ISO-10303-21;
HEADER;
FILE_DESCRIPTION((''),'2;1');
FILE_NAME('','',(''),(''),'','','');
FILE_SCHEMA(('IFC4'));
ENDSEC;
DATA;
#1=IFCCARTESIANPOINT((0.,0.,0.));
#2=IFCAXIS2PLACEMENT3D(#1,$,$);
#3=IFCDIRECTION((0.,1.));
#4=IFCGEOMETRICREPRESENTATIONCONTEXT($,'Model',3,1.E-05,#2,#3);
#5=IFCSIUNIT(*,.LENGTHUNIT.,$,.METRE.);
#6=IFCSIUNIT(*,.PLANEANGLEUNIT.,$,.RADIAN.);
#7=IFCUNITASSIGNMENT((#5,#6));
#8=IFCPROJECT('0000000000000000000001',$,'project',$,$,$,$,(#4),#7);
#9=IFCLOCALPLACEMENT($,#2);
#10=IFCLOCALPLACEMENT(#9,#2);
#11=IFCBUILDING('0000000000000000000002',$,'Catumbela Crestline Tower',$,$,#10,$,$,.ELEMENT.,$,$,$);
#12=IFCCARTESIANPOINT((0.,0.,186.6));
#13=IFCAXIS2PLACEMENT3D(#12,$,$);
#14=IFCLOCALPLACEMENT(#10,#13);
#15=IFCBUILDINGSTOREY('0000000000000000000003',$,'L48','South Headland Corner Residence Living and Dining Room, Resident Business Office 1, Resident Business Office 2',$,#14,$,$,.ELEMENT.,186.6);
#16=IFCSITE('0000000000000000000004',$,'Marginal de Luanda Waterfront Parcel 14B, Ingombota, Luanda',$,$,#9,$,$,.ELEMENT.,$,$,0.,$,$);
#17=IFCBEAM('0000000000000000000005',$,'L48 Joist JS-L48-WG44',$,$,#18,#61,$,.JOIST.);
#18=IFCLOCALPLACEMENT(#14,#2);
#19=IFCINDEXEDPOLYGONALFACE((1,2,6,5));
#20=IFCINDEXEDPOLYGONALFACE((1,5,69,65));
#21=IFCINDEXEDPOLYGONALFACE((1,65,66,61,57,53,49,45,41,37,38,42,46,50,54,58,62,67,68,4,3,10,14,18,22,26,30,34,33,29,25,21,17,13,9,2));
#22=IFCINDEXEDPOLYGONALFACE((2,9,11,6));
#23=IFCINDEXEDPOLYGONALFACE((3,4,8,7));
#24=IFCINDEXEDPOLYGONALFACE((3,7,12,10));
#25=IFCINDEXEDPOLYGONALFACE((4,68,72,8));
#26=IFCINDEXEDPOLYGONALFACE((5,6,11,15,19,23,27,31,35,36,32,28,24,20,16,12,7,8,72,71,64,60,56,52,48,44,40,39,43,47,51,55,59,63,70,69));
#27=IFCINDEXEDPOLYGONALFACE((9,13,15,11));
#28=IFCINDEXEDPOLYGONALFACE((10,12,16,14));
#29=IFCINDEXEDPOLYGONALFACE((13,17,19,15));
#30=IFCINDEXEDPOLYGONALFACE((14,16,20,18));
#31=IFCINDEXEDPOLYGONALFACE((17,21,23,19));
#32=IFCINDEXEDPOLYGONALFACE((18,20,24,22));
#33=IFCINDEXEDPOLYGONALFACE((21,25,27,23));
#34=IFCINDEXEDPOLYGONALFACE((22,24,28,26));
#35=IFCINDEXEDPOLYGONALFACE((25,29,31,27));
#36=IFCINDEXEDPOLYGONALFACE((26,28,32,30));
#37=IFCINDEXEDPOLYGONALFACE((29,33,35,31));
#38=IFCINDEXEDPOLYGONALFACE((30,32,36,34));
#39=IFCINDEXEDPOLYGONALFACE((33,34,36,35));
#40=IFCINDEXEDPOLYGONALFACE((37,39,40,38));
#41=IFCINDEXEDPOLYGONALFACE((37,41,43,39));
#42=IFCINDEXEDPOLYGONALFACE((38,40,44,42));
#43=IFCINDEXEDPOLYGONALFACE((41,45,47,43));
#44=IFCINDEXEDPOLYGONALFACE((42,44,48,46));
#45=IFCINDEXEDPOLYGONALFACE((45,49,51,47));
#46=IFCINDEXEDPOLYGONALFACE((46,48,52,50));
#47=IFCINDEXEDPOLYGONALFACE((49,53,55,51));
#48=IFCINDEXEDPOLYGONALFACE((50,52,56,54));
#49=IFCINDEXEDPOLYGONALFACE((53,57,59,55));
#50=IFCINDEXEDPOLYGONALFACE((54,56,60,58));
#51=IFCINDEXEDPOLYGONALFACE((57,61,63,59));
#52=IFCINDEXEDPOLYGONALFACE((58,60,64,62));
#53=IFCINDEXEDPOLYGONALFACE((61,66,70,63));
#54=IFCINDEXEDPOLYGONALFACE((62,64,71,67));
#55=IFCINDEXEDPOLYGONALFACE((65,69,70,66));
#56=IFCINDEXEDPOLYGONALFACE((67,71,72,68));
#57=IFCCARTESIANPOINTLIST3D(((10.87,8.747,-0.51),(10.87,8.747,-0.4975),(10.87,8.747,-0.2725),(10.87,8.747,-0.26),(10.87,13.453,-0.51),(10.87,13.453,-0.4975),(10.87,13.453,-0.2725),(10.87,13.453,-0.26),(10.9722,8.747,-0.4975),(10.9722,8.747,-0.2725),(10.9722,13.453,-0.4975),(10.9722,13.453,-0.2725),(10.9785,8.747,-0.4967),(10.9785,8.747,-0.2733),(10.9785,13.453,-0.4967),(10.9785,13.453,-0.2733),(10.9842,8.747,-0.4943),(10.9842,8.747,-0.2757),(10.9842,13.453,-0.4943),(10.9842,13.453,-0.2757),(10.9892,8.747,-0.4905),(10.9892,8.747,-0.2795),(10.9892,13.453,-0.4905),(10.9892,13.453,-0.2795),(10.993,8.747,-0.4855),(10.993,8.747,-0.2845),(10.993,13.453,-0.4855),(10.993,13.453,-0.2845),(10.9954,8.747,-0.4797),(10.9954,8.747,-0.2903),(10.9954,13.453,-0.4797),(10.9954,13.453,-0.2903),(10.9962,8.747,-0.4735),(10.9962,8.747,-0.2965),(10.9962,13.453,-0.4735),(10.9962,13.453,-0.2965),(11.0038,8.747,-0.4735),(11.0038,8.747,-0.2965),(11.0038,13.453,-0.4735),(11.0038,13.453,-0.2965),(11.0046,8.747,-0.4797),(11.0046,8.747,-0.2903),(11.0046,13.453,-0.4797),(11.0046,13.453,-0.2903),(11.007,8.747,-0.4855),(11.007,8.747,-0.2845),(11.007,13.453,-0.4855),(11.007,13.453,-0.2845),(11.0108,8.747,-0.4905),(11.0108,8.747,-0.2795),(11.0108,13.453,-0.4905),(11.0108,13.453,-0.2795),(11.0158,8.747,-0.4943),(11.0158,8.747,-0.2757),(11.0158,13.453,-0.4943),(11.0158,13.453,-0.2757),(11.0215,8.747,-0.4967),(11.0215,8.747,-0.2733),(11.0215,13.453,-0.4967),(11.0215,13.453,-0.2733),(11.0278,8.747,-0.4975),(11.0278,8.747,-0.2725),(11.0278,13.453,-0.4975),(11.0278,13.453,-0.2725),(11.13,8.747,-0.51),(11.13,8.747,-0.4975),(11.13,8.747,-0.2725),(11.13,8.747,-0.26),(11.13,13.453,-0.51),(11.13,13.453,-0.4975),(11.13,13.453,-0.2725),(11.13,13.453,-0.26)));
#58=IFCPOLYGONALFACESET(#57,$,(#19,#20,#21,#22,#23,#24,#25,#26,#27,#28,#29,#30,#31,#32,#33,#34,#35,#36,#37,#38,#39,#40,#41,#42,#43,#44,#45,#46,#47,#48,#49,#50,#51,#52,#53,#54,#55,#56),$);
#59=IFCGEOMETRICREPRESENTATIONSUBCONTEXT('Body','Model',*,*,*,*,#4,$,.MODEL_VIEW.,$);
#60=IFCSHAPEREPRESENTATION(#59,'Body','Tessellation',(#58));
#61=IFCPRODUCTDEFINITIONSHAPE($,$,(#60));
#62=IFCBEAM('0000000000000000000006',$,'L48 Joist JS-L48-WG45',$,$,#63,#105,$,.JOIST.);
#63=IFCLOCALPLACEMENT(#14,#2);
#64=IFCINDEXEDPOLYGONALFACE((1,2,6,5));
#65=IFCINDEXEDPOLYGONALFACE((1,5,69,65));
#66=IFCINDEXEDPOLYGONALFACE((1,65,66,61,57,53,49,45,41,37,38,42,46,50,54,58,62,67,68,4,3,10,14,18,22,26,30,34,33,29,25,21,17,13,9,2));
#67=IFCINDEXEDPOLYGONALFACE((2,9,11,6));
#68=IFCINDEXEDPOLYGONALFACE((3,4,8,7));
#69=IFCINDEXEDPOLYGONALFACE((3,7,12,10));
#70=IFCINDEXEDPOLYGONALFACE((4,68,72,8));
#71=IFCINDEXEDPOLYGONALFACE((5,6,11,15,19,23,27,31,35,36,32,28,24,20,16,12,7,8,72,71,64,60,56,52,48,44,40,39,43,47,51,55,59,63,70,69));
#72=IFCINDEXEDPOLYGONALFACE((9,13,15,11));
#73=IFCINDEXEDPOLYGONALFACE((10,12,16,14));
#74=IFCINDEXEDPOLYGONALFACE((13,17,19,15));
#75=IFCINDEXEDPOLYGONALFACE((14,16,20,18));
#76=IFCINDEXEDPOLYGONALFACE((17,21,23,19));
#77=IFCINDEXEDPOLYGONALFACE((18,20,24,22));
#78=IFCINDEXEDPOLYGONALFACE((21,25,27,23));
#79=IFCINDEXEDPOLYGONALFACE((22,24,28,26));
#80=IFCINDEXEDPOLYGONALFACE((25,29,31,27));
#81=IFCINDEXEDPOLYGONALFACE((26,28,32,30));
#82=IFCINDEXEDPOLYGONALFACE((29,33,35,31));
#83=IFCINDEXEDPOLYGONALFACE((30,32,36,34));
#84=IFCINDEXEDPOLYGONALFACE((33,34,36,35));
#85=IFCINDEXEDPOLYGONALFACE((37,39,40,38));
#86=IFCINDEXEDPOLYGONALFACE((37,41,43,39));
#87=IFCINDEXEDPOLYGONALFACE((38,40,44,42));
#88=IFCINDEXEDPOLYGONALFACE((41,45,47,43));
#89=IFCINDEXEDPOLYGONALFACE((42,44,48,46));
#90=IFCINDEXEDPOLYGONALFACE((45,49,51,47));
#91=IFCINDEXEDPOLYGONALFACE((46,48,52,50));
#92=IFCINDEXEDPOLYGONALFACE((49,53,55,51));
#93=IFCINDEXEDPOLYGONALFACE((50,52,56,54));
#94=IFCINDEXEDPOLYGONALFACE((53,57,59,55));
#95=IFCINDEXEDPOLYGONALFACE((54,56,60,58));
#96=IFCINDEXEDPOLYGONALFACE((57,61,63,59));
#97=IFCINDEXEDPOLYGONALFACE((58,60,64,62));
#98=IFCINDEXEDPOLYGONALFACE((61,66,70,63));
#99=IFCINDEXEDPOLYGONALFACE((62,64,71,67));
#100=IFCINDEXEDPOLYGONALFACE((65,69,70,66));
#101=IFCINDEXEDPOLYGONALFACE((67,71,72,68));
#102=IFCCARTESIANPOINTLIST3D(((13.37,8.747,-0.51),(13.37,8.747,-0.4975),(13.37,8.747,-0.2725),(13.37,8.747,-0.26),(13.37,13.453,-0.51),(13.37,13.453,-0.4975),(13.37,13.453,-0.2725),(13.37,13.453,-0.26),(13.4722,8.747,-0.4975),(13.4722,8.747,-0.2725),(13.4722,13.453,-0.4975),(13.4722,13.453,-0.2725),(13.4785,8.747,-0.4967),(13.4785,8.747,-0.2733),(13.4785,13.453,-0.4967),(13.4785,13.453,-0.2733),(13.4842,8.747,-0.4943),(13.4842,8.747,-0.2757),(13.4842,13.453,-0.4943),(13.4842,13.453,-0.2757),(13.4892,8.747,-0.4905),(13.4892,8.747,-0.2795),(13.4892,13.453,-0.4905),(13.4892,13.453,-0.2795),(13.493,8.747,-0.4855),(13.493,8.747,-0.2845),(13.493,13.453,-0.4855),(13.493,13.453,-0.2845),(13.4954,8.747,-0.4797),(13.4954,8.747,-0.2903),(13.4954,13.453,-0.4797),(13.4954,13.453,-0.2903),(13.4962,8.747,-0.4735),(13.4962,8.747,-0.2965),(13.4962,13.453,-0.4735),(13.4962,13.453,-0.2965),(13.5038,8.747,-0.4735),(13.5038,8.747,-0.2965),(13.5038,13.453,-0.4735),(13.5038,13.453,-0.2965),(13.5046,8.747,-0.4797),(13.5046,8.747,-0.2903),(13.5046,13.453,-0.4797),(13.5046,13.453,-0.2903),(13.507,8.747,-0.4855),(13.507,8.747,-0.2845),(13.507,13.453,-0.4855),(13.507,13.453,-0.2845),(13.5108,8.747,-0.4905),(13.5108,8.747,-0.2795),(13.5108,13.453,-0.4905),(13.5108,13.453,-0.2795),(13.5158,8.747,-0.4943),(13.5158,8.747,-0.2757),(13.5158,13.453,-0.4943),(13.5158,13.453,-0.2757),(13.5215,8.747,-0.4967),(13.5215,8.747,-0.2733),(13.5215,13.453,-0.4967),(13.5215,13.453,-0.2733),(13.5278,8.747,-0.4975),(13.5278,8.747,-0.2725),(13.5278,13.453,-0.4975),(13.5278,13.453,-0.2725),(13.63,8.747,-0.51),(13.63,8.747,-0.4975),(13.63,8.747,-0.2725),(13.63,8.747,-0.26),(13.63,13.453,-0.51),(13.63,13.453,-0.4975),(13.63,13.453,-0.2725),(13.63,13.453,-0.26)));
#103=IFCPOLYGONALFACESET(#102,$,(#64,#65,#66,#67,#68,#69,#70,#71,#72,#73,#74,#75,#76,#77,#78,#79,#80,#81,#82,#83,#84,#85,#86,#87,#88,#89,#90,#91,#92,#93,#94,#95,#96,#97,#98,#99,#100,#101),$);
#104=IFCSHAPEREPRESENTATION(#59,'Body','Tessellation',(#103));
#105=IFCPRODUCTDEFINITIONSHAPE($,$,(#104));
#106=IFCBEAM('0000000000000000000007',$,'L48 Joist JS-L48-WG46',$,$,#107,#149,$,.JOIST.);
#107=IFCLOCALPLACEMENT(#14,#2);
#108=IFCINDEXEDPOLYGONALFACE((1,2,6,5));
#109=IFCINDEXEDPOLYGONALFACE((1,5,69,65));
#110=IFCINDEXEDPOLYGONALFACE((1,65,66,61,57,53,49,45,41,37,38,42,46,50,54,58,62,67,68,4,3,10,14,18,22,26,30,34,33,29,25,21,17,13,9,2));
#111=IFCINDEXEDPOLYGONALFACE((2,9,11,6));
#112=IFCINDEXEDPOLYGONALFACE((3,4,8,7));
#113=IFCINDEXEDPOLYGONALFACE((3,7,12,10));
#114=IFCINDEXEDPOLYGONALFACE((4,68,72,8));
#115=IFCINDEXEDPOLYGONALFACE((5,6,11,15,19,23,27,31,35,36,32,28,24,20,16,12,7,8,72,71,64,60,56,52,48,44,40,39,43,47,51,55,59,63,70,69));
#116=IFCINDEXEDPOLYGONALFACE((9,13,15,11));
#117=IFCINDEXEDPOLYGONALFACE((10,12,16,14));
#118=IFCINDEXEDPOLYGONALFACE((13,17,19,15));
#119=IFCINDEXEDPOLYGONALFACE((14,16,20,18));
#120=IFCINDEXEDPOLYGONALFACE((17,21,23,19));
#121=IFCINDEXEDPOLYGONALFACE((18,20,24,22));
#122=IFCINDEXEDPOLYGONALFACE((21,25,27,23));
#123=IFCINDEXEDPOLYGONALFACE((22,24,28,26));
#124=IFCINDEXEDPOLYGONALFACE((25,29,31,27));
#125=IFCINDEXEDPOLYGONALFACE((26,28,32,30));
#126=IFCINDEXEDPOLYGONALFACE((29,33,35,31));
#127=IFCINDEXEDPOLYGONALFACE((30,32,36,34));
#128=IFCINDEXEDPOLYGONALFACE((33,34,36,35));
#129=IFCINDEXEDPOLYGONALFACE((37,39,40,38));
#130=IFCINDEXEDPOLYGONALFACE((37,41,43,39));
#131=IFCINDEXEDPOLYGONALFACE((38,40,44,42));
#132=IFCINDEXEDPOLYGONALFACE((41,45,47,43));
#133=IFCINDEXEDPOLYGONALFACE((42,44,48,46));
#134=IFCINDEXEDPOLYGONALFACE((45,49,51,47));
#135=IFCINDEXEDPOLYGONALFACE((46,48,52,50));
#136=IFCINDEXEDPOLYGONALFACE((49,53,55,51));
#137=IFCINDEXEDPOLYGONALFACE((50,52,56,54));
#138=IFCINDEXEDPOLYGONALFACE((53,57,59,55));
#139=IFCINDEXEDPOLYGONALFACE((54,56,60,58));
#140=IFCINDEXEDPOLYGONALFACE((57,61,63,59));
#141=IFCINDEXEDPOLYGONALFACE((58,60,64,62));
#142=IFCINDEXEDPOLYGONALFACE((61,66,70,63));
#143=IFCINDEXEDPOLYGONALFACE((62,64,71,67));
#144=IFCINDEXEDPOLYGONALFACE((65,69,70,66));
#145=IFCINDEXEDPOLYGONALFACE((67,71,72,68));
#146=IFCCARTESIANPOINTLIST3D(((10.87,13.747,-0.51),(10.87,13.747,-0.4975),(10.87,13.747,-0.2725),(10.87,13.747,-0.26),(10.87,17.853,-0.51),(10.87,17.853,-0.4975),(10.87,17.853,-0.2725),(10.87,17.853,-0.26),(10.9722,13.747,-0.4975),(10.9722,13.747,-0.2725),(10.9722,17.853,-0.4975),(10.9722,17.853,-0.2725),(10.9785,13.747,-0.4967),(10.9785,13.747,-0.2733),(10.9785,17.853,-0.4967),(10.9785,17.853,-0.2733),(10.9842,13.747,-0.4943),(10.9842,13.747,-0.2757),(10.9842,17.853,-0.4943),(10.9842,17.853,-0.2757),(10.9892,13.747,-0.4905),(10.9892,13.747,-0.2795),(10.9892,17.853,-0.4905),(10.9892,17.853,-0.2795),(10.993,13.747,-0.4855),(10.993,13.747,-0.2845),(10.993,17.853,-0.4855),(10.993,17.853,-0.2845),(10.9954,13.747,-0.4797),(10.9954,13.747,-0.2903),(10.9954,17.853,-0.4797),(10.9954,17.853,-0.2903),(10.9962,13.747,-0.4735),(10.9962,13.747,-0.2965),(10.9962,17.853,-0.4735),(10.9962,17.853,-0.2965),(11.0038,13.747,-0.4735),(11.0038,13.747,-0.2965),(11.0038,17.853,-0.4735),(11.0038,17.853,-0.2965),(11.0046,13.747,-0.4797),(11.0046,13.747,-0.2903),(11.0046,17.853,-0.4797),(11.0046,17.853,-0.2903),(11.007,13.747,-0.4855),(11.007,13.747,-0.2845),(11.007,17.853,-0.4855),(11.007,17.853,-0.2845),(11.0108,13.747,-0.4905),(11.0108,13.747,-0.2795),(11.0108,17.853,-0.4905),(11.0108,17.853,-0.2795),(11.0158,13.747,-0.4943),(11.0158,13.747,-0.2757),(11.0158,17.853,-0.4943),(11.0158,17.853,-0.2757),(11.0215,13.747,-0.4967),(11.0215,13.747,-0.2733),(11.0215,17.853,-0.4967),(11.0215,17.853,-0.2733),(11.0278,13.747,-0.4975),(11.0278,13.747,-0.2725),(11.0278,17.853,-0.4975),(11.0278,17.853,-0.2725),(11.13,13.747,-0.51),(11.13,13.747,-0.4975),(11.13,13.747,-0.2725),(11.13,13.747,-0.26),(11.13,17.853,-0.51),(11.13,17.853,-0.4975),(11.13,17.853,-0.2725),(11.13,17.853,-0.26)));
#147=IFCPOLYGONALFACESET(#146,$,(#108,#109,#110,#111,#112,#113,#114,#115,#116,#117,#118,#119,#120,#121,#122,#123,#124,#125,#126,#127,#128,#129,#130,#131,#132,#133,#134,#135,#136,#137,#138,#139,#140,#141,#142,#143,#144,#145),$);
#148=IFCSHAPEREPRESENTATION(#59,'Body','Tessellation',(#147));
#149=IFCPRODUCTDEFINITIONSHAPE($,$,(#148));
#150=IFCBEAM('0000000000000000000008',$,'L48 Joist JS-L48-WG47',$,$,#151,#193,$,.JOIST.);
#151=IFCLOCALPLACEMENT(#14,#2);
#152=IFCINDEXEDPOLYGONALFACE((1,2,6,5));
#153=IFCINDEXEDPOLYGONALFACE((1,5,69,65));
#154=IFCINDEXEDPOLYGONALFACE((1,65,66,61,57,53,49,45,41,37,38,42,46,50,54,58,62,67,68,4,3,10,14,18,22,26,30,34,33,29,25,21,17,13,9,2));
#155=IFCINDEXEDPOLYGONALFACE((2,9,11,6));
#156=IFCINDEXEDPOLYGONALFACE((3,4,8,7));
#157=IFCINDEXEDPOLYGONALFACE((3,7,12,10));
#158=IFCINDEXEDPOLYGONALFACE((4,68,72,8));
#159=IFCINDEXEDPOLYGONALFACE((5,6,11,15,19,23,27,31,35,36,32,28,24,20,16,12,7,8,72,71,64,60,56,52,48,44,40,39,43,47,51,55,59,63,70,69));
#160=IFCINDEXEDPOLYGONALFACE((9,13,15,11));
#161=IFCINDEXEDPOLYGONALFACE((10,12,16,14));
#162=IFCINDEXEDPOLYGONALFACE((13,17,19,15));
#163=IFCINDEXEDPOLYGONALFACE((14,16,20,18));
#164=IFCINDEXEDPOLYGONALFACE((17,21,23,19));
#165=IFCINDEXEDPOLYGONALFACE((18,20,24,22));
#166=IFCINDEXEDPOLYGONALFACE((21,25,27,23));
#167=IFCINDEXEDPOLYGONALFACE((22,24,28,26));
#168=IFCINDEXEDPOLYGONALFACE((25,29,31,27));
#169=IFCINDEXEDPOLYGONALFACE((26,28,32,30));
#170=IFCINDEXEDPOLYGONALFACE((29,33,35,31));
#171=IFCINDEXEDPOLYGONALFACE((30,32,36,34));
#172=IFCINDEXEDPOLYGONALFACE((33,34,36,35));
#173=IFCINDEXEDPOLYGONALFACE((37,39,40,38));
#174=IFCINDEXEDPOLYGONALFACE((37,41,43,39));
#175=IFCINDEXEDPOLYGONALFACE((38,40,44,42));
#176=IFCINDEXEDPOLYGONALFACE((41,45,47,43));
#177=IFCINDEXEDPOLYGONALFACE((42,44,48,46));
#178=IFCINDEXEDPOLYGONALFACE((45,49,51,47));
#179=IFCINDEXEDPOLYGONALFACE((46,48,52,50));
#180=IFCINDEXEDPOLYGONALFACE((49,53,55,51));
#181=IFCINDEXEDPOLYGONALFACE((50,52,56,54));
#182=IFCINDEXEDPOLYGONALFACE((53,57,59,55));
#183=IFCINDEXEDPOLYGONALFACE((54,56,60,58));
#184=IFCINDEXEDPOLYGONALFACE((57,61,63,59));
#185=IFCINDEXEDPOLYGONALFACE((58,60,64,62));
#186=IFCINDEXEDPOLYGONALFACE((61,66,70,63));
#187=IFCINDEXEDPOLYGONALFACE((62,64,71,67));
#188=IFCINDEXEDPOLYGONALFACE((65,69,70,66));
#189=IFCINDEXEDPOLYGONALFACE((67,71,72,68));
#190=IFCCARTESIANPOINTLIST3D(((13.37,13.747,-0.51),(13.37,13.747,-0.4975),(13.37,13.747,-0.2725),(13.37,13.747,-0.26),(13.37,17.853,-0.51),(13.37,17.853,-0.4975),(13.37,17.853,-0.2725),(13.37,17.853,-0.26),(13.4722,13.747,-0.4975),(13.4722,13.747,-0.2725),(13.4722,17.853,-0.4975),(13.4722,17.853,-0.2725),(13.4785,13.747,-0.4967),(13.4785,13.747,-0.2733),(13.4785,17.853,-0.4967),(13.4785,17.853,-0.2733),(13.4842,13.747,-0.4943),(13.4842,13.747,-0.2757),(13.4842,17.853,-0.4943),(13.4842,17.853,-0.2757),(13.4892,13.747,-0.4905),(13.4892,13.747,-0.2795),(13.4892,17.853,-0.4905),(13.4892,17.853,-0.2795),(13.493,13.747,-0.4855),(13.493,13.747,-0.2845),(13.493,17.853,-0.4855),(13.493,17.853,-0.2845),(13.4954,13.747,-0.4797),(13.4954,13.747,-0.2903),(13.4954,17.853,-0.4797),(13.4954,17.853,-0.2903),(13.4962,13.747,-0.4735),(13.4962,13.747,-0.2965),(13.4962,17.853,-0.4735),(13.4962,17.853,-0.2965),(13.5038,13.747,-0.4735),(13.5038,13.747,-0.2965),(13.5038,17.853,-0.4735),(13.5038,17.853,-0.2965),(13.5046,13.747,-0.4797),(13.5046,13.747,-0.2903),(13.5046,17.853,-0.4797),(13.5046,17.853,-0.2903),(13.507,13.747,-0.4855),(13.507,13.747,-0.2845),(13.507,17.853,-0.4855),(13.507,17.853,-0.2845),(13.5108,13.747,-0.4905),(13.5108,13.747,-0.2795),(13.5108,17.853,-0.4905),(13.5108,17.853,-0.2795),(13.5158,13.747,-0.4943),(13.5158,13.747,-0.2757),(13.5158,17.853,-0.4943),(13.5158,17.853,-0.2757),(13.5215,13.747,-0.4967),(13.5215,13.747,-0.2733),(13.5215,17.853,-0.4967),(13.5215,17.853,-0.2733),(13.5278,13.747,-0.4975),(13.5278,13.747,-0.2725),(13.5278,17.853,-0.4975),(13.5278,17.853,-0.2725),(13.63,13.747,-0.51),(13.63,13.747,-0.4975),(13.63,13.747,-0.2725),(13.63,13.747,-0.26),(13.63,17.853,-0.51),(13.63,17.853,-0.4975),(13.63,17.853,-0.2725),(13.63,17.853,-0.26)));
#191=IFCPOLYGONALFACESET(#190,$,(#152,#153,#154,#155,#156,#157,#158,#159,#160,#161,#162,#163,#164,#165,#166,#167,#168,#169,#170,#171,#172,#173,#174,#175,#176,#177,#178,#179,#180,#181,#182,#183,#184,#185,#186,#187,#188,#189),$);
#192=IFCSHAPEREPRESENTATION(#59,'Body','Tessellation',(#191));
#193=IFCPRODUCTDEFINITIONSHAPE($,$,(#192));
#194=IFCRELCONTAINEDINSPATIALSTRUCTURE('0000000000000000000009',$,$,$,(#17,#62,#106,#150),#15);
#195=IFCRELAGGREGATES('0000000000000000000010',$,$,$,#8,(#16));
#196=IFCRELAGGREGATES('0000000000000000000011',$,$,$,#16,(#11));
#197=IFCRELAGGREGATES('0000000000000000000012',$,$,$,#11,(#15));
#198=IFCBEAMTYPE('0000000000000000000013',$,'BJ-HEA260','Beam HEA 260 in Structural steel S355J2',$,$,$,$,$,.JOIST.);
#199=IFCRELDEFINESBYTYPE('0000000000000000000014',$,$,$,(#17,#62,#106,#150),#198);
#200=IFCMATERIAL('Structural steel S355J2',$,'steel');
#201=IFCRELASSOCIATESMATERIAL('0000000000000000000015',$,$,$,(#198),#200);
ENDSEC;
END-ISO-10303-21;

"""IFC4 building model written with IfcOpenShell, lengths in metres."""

from ifc_helpers import new_model, si_unit, direction, frame, origin, origin_2d, place, context, subcontext, project, spatial, i_section, extrude, material, material_profile, profile_set, type_object, element, save


model = new_model("IFC4")

# Units and contexts
model_context = context("Model", 3, precision=1e-05, world=origin(), true_north=direction((0.0, 1.0)))
body_context = subcontext(model_context, "Body", "Model", "MODEL_VIEW")
ifc_project = project(units=[si_unit("LENGTHUNIT", "METRE"), si_unit("PLANEANGLEUNIT", "RADIAN")], contexts=[model_context])

# Site, building, storey
site_placement = place(None, origin())
site = spatial("IfcSite", under=ifc_project, at=site_placement, Name="Marginal de Luanda Waterfront Parcel 14B, Ingombota, Luanda", CompositionType="ELEMENT", RefElevation=0.0)
building_placement = place(site_placement, origin())
building = spatial("IfcBuilding", under=site, at=building_placement, Name="Catumbela Crestline Tower", CompositionType="ELEMENT")
storey_placement = place(building_placement, frame((0.0, 0.0, 186.6)))
storey = spatial("IfcBuildingStorey", under=building, at=storey_placement, Name="L48", Description="South Headland Corner Residence Living and Dining Room, Resident Business Office 1, Resident Business Office 2", CompositionType="ELEMENT", Elevation=186.6)

# Shared definitions
ifc_material_1 = material(Name="Structural steel S355J2", Category="steel")

# Beams
ifc_material_profile_1 = material_profile(ifc_material_1, i_section(OverallWidth=0.26, OverallDepth=0.25, WebThickness=0.0075, FlangeThickness=0.0125, FilletRadius=0.024, at=origin_2d()), Name="HEA 260")
ifc_profile_set_1 = profile_set([ifc_material_profile_1], Name="Structural steel S355J2")
beam_type_1 = type_object("IfcBeamType", Name="BJ-HEA260", Description="Beam HEA 260 in Structural steel S355J2", PredefinedType="JOIST", material=ifc_profile_set_1)
for number, where, z_axis, x_axis, name in (
    (1, (11.0, 8.747, -0.385), (0.0, 1.0, 0.0), (-1.0, 0.0, 0.0), "L48 Joist JS-L48-WG44"),
    (2, (13.5, 8.747, -0.385), (0.0, 1.0, 0.0), (-1.0, 0.0, 0.0), "L48 Joist JS-L48-WG45"),
):
    element("IfcBeam", number, at=place(storey_placement, frame(where, z_axis=z_axis, x_axis=x_axis)), inside=storey, type_object=beam_type_1, Name=name, PredefinedType="JOIST", context=body_context, shape_type="SweptSolid", body=[
        extrude(i_section(OverallWidth=0.26, OverallDepth=0.25, WebThickness=0.0075, FlangeThickness=0.0125, FilletRadius=0.024, at=origin_2d()), origin(), (0.0, 0.0, 1.0), 4.706),
    ])
for number, where, z_axis, x_axis, name in (
    (3, (11.0, 13.747, -0.385), (0.0, 1.0, 0.0), (-1.0, 0.0, 0.0), "L48 Joist JS-L48-WG46"),
    (4, (13.5, 13.747, -0.385), (0.0, 1.0, 0.0), (-1.0, 0.0, 0.0), "L48 Joist JS-L48-WG47"),
):
    element("IfcBeam", number, at=place(storey_placement, frame(where, z_axis=z_axis, x_axis=x_axis)), inside=storey, type_object=beam_type_1, Name=name, PredefinedType="JOIST", context=body_context, shape_type="SweptSolid", body=[
        extrude(i_section(OverallWidth=0.26, OverallDepth=0.25, WebThickness=0.0075, FlangeThickness=0.0125, FilletRadius=0.024, at=origin_2d()), origin(), (0.0, 0.0, 1.0), 4.106),
    ])

save(model, "model.ifc")
